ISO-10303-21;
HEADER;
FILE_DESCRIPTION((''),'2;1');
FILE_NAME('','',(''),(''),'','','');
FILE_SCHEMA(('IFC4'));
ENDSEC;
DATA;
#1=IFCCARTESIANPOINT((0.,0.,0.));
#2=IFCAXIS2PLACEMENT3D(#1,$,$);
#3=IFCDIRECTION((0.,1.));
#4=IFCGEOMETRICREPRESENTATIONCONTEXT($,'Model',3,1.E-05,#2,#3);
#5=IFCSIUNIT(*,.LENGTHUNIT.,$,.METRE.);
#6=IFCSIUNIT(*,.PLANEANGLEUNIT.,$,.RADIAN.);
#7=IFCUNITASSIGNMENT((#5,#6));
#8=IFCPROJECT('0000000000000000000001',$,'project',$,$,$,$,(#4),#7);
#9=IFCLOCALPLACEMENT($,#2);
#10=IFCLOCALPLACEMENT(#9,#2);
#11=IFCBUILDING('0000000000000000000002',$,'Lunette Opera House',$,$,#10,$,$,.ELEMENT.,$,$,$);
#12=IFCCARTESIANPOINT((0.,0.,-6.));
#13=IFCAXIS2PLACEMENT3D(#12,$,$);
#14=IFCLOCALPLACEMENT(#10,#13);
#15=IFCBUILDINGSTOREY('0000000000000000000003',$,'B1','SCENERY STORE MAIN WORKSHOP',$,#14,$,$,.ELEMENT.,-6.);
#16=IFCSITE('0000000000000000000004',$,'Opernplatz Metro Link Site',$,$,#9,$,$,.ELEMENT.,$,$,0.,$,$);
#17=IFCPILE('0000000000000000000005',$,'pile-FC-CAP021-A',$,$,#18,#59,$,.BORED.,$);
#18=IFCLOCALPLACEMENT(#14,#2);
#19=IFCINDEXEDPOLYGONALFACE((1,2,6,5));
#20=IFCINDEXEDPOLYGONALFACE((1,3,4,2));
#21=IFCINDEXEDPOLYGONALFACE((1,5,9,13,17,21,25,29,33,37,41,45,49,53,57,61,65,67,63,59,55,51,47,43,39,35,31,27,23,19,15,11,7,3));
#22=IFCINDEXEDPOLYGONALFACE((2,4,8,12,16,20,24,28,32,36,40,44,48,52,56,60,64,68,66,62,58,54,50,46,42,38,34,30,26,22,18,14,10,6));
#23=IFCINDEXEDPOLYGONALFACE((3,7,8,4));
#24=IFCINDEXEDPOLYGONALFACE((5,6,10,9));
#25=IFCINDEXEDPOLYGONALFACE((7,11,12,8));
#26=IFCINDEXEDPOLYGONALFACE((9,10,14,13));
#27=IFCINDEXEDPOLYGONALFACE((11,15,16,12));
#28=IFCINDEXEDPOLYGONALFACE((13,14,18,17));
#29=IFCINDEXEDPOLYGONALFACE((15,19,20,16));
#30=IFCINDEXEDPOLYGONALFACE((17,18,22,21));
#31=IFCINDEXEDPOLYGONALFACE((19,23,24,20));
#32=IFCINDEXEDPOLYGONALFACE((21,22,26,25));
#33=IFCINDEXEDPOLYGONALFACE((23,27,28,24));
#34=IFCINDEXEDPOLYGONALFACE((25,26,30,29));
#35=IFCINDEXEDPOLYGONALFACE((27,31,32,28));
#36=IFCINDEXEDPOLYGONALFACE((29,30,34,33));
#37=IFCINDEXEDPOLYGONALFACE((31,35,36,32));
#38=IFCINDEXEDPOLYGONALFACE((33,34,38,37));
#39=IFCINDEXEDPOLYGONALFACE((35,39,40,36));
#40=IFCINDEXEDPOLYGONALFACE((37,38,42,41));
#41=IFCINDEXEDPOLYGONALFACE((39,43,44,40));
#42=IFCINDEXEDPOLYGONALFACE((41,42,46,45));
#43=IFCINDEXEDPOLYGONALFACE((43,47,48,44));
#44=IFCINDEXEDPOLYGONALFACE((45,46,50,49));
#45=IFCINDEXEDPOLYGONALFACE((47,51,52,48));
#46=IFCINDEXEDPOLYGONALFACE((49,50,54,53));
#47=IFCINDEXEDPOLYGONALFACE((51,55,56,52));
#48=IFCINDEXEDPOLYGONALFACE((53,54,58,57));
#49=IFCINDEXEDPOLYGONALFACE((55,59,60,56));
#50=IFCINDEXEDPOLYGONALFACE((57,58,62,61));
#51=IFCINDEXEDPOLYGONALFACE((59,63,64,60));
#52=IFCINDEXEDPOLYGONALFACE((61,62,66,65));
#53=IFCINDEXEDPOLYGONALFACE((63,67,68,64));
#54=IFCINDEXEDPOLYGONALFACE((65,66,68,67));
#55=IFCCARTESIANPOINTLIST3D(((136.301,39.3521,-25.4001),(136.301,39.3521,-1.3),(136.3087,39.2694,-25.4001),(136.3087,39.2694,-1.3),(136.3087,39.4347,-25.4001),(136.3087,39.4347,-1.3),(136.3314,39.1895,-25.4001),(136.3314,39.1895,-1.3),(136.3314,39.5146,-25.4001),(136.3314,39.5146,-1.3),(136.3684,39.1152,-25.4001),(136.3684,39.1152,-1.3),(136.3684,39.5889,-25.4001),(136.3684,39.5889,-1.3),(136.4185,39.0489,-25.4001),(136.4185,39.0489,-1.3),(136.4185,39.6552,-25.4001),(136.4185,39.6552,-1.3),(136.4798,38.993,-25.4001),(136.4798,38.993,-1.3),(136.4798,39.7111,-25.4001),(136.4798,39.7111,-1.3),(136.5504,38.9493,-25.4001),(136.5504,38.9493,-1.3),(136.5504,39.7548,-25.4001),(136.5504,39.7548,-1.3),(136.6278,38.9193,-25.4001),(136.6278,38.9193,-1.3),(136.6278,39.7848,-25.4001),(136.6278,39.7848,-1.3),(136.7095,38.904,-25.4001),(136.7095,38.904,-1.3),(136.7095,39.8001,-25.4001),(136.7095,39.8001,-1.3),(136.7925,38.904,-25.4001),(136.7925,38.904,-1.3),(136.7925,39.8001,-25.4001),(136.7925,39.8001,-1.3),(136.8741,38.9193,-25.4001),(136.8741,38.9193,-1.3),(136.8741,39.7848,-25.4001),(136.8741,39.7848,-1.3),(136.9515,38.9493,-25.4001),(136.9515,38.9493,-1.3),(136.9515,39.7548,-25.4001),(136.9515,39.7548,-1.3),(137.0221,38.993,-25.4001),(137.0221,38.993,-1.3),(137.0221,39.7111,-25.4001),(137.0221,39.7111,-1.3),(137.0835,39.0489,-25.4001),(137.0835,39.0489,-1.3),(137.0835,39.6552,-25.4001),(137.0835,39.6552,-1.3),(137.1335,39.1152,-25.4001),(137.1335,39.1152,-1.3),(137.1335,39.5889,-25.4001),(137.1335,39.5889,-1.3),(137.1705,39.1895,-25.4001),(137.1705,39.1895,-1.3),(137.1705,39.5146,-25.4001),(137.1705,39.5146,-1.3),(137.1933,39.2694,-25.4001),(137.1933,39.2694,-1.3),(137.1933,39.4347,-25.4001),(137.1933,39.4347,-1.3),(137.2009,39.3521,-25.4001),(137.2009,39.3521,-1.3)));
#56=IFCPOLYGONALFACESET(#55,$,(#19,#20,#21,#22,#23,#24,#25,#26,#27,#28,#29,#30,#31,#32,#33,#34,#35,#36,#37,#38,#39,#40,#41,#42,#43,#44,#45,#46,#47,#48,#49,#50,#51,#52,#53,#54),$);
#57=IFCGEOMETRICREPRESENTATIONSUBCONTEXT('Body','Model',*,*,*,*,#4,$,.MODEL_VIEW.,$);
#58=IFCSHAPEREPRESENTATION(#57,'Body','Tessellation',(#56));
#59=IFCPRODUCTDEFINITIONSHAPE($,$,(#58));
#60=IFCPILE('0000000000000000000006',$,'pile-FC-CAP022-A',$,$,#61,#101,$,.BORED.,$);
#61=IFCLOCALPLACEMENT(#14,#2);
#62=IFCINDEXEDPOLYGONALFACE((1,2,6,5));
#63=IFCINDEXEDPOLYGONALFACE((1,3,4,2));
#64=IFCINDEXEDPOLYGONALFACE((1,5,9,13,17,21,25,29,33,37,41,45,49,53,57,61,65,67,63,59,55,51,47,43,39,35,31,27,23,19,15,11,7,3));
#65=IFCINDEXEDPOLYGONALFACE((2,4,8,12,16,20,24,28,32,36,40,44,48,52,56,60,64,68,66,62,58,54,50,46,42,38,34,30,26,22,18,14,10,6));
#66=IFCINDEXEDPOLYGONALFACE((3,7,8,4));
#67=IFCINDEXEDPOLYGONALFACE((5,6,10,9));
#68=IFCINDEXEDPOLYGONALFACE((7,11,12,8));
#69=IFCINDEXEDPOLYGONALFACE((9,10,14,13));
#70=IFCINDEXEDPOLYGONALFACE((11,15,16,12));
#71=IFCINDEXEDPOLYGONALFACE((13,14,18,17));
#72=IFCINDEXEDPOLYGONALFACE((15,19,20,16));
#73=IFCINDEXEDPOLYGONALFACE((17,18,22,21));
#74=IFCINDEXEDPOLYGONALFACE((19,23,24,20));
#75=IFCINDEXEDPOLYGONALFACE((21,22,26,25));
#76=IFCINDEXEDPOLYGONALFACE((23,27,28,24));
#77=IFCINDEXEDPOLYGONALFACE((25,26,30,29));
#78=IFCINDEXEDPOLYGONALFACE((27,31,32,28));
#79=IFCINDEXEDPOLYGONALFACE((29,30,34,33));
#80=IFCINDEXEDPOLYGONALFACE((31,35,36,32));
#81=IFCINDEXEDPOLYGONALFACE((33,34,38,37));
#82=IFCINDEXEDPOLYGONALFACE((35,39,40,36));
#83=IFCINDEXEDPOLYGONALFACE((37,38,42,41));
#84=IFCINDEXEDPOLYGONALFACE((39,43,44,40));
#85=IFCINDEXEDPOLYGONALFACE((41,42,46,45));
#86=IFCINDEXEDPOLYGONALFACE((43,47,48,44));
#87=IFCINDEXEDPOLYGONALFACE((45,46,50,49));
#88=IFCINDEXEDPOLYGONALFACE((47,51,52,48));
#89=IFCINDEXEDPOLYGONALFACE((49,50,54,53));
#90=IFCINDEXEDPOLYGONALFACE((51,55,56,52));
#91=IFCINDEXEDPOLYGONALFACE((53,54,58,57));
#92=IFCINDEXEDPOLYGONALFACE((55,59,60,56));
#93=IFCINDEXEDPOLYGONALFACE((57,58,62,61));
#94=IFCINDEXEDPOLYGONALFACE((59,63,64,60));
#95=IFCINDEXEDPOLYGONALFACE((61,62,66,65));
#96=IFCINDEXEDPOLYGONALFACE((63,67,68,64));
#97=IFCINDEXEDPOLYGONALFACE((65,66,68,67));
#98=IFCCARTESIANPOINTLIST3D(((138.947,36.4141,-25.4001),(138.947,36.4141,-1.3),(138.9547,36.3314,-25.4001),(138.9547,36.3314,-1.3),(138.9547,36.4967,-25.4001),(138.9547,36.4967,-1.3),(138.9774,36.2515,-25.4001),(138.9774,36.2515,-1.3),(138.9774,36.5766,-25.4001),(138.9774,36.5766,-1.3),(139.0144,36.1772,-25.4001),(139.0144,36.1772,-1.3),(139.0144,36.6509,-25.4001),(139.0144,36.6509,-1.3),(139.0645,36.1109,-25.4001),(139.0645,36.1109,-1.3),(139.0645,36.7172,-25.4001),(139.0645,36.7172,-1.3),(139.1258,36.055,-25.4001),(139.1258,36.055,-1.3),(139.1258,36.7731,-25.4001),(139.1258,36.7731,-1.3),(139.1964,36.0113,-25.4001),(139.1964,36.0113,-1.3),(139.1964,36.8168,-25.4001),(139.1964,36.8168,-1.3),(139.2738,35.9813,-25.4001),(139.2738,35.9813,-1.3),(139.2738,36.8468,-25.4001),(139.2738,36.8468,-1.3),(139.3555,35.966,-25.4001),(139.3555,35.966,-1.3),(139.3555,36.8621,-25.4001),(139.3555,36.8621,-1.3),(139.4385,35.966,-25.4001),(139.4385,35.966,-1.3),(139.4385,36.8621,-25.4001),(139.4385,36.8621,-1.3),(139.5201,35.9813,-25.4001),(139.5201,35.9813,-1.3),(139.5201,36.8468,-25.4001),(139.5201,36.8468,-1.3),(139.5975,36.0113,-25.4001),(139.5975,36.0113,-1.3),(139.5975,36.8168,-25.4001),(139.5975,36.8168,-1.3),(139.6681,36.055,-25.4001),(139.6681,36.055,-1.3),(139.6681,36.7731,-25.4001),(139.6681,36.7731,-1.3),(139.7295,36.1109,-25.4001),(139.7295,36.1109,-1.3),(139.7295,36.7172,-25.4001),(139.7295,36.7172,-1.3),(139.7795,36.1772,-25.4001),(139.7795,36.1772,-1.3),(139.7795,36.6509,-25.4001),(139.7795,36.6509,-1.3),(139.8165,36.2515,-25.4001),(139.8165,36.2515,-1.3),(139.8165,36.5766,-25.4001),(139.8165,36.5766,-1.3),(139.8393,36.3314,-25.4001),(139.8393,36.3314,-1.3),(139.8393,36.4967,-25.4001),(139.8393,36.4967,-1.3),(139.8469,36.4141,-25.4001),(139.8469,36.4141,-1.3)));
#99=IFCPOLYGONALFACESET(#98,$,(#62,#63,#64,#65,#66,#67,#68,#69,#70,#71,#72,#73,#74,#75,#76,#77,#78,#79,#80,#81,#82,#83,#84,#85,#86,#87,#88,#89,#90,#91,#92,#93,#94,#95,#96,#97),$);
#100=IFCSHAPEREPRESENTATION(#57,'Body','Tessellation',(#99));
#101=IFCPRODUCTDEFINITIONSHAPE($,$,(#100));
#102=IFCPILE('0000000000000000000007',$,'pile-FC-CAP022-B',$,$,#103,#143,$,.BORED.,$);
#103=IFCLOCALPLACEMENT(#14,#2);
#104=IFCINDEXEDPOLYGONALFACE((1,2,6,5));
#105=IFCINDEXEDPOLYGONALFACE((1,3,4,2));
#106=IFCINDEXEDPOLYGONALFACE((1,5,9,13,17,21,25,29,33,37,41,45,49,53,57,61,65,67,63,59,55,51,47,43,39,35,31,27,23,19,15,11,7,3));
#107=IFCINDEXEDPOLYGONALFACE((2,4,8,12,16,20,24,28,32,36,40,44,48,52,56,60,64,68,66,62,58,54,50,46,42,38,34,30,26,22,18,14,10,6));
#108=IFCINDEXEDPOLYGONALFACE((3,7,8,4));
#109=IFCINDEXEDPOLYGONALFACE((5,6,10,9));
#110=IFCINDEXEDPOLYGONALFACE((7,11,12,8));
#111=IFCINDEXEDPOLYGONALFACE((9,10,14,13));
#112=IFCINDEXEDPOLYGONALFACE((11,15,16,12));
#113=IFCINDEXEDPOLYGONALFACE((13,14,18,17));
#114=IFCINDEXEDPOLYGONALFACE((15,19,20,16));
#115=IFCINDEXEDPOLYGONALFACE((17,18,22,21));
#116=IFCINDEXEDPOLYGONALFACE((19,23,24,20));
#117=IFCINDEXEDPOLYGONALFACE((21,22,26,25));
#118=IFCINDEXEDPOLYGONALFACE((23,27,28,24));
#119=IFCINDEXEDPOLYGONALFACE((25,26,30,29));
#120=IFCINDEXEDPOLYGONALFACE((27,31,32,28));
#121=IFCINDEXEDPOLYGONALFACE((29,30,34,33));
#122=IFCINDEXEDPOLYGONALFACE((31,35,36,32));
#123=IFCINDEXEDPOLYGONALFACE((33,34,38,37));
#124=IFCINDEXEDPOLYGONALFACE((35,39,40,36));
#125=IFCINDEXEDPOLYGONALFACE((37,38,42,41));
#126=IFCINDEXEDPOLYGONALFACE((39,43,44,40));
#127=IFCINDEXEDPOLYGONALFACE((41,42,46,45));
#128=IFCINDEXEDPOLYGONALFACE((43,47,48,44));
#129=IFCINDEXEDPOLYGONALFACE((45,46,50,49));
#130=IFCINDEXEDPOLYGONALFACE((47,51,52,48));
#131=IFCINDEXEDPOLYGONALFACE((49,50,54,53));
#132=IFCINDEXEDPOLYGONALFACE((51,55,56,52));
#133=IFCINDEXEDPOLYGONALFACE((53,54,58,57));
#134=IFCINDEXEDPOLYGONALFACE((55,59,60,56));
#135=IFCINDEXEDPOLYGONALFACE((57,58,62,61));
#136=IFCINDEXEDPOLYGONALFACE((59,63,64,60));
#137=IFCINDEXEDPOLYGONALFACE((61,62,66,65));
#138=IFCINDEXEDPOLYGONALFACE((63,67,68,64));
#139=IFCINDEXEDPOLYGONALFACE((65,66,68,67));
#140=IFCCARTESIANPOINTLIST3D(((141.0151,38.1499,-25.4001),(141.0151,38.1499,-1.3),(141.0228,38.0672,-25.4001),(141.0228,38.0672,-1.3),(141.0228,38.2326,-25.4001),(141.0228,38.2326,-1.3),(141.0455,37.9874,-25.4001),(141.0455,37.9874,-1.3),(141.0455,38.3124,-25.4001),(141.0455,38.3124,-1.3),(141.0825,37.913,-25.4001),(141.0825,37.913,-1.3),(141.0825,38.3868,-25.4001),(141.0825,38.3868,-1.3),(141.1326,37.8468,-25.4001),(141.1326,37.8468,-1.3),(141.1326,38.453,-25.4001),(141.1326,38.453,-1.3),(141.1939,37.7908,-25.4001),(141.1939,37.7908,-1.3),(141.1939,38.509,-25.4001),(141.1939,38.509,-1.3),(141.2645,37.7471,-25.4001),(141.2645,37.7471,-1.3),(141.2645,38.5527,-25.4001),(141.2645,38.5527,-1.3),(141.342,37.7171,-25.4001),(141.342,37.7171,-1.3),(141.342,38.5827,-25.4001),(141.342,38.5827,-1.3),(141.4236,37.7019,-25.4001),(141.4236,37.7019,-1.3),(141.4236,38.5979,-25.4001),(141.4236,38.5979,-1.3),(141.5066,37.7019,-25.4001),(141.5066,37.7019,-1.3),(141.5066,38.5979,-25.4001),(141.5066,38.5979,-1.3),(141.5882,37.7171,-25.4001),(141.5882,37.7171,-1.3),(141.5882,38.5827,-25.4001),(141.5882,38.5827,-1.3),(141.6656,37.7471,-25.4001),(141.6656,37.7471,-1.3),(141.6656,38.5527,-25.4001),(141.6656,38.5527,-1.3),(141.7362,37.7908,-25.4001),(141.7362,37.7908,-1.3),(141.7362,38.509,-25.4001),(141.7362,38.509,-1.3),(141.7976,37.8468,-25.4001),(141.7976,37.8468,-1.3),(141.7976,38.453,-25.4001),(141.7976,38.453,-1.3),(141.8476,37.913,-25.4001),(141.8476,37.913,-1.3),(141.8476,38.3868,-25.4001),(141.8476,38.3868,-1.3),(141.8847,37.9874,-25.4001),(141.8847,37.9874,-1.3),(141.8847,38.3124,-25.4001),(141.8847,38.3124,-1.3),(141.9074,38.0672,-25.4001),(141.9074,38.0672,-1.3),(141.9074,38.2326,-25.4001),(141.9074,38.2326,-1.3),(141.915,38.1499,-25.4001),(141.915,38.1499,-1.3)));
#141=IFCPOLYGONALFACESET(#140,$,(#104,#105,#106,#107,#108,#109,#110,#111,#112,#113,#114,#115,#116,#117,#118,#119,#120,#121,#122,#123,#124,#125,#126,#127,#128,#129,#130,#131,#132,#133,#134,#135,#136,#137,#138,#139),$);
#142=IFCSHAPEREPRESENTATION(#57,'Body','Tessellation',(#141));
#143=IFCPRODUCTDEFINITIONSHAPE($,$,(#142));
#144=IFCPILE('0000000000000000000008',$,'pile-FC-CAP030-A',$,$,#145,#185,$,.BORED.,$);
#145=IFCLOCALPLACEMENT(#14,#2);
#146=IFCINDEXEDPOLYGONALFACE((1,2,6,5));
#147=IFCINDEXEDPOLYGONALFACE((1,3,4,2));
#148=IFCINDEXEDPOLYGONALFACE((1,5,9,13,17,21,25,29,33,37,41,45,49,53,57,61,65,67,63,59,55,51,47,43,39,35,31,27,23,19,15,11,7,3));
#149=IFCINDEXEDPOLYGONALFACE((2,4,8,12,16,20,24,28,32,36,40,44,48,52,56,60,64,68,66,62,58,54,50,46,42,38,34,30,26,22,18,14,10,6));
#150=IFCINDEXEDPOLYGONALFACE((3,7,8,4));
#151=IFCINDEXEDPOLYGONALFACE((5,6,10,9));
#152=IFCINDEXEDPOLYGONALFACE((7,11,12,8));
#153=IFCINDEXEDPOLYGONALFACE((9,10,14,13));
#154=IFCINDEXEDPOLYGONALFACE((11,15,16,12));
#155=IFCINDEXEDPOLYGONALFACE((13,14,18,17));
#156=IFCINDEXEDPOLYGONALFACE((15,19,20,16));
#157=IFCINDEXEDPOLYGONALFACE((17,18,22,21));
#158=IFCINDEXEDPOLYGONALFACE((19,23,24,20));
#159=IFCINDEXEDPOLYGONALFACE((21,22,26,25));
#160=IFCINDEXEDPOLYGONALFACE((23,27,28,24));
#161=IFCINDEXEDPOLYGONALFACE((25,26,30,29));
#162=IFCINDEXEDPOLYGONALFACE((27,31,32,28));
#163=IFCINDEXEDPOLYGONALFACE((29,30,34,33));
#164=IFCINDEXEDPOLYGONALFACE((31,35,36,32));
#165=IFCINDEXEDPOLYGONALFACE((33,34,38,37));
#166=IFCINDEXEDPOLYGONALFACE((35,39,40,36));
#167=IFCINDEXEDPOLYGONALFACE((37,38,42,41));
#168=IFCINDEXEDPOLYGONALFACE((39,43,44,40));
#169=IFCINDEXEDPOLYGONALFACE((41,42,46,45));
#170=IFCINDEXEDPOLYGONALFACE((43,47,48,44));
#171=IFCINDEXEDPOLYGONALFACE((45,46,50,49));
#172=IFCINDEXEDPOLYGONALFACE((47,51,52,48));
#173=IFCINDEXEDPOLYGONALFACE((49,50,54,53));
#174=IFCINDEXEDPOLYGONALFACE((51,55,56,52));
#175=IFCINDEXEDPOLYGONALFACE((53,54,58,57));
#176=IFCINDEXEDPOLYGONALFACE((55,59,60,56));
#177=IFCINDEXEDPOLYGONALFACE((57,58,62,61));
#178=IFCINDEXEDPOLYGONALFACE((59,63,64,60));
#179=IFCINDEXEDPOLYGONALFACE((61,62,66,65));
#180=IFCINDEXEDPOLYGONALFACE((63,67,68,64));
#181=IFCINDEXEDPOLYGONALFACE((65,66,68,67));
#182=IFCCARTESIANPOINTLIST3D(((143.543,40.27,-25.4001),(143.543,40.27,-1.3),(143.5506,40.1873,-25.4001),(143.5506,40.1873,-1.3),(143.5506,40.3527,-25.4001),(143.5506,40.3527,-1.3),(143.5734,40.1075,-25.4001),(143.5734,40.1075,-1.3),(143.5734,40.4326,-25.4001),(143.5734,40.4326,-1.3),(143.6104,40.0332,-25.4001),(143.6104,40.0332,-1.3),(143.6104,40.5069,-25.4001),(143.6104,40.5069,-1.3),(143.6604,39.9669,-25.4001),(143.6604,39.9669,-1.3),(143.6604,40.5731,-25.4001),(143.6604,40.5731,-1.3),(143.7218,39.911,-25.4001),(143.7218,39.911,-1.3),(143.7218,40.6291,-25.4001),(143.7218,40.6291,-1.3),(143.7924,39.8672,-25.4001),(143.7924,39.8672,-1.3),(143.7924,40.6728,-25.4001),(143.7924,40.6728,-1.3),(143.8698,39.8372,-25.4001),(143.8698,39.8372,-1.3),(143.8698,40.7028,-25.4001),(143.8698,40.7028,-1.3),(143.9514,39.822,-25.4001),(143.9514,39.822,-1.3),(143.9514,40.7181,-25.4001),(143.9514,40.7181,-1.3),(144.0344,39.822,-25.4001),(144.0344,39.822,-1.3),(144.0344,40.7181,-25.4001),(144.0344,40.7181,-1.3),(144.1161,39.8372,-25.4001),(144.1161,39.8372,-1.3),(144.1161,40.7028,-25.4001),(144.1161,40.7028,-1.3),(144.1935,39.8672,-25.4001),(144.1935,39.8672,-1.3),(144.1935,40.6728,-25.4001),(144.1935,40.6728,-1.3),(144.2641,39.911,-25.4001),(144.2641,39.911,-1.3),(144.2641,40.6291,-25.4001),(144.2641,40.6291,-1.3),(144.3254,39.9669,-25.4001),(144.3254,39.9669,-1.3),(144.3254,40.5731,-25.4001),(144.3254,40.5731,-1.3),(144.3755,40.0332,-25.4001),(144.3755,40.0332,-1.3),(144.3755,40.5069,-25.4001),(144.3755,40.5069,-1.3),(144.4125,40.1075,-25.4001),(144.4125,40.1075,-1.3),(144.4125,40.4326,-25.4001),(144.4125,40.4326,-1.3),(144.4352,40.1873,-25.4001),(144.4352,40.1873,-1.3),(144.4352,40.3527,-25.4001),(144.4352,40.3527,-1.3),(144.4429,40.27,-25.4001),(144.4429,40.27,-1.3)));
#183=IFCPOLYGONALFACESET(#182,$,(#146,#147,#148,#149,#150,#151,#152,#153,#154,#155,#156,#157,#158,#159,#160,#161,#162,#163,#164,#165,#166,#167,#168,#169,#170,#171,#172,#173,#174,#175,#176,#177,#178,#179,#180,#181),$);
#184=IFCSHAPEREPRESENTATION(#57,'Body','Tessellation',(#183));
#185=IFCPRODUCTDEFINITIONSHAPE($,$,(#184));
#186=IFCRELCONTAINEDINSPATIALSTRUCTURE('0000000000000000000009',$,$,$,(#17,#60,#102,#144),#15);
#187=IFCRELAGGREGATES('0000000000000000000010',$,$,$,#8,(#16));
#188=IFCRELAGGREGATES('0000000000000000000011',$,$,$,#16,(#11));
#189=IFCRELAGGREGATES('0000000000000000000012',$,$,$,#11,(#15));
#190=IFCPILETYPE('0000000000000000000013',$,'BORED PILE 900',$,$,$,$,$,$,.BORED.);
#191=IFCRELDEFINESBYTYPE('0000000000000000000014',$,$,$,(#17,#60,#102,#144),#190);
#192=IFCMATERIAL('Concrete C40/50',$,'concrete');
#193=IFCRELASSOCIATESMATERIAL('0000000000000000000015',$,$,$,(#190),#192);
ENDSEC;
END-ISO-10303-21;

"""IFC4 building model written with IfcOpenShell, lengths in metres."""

from ifc_helpers import new_model, si_unit, direction, frame, origin, origin_2d, place, context, subcontext, project, spatial, circle, extrude, material, material_profile, profile_set, type_object, element, save


model = new_model("IFC4")

# Units and contexts
model_context = context("Model", 3, precision=1e-05, world=origin(), true_north=direction((0.0, 1.0)))
body_context = subcontext(model_context, "Body", "Model", "MODEL_VIEW")
ifc_project = project(units=[si_unit("LENGTHUNIT", "METRE"), si_unit("PLANEANGLEUNIT", "RADIAN")], contexts=[model_context])

# Site, building, storey
site_placement = place(None, origin())
site = spatial("IfcSite", under=ifc_project, at=site_placement, Name="Opernplatz Metro Link Site", CompositionType="ELEMENT", RefElevation=0.0)
building_placement = place(site_placement, origin())
building = spatial("IfcBuilding", under=site, at=building_placement, Name="Lunette Opera House", CompositionType="ELEMENT")
storey_placement = place(building_placement, frame((0.0, 0.0, -6.0)))
storey = spatial("IfcBuildingStorey", under=building, at=storey_placement, Name="B1", Description="SCENERY STORE MAIN WORKSHOP", CompositionType="ELEMENT", Elevation=-6.0)

# Piles
ifc_material_1 = material(Name="Concrete C40/50", Category="concrete")
ifc_material_profile_1 = material_profile(ifc_material_1, circle(Radius=0.45, at=origin_2d()), Name="BORED PILE 900")
ifc_profile_set_1 = profile_set([ifc_material_profile_1], Name="Concrete C40/50")
pile_type = type_object("IfcPileType", Name="BORED PILE 900", PredefinedType="BORED", material=ifc_profile_set_1)
for number, where, z_axis, x_axis, name in (
    (1, (136.751, 39.3521, -1.3), (0.0, 0.0, -1.0), (1.0, 0.0, 0.0), "pile-FC-CAP021-A"),
    (2, (139.397, 36.4141, -1.3), (0.0, 0.0, -1.0), (1.0, 0.0, 0.0), "pile-FC-CAP022-A"),
    (3, (141.4651, 38.1499, -1.3), (0.0, 0.0, -1.0), (1.0, 0.0, 0.0), "pile-FC-CAP022-B"),
    (4, (143.9929, 40.27, -1.3), (0.0, 0.0, -1.0), (1.0, 0.0, 0.0), "pile-FC-CAP030-A"),
):
    element("IfcPile", number, at=place(storey_placement, frame(where, z_axis=z_axis, x_axis=x_axis)), inside=storey, type_object=pile_type, Name=name, PredefinedType="BORED", context=body_context, shape_type="SweptSolid", body=[
        extrude(circle(Radius=0.45, at=origin_2d()), origin(), (0.0, 0.0, 1.0), 24.1001),
    ])

save(model, "model.ifc")
